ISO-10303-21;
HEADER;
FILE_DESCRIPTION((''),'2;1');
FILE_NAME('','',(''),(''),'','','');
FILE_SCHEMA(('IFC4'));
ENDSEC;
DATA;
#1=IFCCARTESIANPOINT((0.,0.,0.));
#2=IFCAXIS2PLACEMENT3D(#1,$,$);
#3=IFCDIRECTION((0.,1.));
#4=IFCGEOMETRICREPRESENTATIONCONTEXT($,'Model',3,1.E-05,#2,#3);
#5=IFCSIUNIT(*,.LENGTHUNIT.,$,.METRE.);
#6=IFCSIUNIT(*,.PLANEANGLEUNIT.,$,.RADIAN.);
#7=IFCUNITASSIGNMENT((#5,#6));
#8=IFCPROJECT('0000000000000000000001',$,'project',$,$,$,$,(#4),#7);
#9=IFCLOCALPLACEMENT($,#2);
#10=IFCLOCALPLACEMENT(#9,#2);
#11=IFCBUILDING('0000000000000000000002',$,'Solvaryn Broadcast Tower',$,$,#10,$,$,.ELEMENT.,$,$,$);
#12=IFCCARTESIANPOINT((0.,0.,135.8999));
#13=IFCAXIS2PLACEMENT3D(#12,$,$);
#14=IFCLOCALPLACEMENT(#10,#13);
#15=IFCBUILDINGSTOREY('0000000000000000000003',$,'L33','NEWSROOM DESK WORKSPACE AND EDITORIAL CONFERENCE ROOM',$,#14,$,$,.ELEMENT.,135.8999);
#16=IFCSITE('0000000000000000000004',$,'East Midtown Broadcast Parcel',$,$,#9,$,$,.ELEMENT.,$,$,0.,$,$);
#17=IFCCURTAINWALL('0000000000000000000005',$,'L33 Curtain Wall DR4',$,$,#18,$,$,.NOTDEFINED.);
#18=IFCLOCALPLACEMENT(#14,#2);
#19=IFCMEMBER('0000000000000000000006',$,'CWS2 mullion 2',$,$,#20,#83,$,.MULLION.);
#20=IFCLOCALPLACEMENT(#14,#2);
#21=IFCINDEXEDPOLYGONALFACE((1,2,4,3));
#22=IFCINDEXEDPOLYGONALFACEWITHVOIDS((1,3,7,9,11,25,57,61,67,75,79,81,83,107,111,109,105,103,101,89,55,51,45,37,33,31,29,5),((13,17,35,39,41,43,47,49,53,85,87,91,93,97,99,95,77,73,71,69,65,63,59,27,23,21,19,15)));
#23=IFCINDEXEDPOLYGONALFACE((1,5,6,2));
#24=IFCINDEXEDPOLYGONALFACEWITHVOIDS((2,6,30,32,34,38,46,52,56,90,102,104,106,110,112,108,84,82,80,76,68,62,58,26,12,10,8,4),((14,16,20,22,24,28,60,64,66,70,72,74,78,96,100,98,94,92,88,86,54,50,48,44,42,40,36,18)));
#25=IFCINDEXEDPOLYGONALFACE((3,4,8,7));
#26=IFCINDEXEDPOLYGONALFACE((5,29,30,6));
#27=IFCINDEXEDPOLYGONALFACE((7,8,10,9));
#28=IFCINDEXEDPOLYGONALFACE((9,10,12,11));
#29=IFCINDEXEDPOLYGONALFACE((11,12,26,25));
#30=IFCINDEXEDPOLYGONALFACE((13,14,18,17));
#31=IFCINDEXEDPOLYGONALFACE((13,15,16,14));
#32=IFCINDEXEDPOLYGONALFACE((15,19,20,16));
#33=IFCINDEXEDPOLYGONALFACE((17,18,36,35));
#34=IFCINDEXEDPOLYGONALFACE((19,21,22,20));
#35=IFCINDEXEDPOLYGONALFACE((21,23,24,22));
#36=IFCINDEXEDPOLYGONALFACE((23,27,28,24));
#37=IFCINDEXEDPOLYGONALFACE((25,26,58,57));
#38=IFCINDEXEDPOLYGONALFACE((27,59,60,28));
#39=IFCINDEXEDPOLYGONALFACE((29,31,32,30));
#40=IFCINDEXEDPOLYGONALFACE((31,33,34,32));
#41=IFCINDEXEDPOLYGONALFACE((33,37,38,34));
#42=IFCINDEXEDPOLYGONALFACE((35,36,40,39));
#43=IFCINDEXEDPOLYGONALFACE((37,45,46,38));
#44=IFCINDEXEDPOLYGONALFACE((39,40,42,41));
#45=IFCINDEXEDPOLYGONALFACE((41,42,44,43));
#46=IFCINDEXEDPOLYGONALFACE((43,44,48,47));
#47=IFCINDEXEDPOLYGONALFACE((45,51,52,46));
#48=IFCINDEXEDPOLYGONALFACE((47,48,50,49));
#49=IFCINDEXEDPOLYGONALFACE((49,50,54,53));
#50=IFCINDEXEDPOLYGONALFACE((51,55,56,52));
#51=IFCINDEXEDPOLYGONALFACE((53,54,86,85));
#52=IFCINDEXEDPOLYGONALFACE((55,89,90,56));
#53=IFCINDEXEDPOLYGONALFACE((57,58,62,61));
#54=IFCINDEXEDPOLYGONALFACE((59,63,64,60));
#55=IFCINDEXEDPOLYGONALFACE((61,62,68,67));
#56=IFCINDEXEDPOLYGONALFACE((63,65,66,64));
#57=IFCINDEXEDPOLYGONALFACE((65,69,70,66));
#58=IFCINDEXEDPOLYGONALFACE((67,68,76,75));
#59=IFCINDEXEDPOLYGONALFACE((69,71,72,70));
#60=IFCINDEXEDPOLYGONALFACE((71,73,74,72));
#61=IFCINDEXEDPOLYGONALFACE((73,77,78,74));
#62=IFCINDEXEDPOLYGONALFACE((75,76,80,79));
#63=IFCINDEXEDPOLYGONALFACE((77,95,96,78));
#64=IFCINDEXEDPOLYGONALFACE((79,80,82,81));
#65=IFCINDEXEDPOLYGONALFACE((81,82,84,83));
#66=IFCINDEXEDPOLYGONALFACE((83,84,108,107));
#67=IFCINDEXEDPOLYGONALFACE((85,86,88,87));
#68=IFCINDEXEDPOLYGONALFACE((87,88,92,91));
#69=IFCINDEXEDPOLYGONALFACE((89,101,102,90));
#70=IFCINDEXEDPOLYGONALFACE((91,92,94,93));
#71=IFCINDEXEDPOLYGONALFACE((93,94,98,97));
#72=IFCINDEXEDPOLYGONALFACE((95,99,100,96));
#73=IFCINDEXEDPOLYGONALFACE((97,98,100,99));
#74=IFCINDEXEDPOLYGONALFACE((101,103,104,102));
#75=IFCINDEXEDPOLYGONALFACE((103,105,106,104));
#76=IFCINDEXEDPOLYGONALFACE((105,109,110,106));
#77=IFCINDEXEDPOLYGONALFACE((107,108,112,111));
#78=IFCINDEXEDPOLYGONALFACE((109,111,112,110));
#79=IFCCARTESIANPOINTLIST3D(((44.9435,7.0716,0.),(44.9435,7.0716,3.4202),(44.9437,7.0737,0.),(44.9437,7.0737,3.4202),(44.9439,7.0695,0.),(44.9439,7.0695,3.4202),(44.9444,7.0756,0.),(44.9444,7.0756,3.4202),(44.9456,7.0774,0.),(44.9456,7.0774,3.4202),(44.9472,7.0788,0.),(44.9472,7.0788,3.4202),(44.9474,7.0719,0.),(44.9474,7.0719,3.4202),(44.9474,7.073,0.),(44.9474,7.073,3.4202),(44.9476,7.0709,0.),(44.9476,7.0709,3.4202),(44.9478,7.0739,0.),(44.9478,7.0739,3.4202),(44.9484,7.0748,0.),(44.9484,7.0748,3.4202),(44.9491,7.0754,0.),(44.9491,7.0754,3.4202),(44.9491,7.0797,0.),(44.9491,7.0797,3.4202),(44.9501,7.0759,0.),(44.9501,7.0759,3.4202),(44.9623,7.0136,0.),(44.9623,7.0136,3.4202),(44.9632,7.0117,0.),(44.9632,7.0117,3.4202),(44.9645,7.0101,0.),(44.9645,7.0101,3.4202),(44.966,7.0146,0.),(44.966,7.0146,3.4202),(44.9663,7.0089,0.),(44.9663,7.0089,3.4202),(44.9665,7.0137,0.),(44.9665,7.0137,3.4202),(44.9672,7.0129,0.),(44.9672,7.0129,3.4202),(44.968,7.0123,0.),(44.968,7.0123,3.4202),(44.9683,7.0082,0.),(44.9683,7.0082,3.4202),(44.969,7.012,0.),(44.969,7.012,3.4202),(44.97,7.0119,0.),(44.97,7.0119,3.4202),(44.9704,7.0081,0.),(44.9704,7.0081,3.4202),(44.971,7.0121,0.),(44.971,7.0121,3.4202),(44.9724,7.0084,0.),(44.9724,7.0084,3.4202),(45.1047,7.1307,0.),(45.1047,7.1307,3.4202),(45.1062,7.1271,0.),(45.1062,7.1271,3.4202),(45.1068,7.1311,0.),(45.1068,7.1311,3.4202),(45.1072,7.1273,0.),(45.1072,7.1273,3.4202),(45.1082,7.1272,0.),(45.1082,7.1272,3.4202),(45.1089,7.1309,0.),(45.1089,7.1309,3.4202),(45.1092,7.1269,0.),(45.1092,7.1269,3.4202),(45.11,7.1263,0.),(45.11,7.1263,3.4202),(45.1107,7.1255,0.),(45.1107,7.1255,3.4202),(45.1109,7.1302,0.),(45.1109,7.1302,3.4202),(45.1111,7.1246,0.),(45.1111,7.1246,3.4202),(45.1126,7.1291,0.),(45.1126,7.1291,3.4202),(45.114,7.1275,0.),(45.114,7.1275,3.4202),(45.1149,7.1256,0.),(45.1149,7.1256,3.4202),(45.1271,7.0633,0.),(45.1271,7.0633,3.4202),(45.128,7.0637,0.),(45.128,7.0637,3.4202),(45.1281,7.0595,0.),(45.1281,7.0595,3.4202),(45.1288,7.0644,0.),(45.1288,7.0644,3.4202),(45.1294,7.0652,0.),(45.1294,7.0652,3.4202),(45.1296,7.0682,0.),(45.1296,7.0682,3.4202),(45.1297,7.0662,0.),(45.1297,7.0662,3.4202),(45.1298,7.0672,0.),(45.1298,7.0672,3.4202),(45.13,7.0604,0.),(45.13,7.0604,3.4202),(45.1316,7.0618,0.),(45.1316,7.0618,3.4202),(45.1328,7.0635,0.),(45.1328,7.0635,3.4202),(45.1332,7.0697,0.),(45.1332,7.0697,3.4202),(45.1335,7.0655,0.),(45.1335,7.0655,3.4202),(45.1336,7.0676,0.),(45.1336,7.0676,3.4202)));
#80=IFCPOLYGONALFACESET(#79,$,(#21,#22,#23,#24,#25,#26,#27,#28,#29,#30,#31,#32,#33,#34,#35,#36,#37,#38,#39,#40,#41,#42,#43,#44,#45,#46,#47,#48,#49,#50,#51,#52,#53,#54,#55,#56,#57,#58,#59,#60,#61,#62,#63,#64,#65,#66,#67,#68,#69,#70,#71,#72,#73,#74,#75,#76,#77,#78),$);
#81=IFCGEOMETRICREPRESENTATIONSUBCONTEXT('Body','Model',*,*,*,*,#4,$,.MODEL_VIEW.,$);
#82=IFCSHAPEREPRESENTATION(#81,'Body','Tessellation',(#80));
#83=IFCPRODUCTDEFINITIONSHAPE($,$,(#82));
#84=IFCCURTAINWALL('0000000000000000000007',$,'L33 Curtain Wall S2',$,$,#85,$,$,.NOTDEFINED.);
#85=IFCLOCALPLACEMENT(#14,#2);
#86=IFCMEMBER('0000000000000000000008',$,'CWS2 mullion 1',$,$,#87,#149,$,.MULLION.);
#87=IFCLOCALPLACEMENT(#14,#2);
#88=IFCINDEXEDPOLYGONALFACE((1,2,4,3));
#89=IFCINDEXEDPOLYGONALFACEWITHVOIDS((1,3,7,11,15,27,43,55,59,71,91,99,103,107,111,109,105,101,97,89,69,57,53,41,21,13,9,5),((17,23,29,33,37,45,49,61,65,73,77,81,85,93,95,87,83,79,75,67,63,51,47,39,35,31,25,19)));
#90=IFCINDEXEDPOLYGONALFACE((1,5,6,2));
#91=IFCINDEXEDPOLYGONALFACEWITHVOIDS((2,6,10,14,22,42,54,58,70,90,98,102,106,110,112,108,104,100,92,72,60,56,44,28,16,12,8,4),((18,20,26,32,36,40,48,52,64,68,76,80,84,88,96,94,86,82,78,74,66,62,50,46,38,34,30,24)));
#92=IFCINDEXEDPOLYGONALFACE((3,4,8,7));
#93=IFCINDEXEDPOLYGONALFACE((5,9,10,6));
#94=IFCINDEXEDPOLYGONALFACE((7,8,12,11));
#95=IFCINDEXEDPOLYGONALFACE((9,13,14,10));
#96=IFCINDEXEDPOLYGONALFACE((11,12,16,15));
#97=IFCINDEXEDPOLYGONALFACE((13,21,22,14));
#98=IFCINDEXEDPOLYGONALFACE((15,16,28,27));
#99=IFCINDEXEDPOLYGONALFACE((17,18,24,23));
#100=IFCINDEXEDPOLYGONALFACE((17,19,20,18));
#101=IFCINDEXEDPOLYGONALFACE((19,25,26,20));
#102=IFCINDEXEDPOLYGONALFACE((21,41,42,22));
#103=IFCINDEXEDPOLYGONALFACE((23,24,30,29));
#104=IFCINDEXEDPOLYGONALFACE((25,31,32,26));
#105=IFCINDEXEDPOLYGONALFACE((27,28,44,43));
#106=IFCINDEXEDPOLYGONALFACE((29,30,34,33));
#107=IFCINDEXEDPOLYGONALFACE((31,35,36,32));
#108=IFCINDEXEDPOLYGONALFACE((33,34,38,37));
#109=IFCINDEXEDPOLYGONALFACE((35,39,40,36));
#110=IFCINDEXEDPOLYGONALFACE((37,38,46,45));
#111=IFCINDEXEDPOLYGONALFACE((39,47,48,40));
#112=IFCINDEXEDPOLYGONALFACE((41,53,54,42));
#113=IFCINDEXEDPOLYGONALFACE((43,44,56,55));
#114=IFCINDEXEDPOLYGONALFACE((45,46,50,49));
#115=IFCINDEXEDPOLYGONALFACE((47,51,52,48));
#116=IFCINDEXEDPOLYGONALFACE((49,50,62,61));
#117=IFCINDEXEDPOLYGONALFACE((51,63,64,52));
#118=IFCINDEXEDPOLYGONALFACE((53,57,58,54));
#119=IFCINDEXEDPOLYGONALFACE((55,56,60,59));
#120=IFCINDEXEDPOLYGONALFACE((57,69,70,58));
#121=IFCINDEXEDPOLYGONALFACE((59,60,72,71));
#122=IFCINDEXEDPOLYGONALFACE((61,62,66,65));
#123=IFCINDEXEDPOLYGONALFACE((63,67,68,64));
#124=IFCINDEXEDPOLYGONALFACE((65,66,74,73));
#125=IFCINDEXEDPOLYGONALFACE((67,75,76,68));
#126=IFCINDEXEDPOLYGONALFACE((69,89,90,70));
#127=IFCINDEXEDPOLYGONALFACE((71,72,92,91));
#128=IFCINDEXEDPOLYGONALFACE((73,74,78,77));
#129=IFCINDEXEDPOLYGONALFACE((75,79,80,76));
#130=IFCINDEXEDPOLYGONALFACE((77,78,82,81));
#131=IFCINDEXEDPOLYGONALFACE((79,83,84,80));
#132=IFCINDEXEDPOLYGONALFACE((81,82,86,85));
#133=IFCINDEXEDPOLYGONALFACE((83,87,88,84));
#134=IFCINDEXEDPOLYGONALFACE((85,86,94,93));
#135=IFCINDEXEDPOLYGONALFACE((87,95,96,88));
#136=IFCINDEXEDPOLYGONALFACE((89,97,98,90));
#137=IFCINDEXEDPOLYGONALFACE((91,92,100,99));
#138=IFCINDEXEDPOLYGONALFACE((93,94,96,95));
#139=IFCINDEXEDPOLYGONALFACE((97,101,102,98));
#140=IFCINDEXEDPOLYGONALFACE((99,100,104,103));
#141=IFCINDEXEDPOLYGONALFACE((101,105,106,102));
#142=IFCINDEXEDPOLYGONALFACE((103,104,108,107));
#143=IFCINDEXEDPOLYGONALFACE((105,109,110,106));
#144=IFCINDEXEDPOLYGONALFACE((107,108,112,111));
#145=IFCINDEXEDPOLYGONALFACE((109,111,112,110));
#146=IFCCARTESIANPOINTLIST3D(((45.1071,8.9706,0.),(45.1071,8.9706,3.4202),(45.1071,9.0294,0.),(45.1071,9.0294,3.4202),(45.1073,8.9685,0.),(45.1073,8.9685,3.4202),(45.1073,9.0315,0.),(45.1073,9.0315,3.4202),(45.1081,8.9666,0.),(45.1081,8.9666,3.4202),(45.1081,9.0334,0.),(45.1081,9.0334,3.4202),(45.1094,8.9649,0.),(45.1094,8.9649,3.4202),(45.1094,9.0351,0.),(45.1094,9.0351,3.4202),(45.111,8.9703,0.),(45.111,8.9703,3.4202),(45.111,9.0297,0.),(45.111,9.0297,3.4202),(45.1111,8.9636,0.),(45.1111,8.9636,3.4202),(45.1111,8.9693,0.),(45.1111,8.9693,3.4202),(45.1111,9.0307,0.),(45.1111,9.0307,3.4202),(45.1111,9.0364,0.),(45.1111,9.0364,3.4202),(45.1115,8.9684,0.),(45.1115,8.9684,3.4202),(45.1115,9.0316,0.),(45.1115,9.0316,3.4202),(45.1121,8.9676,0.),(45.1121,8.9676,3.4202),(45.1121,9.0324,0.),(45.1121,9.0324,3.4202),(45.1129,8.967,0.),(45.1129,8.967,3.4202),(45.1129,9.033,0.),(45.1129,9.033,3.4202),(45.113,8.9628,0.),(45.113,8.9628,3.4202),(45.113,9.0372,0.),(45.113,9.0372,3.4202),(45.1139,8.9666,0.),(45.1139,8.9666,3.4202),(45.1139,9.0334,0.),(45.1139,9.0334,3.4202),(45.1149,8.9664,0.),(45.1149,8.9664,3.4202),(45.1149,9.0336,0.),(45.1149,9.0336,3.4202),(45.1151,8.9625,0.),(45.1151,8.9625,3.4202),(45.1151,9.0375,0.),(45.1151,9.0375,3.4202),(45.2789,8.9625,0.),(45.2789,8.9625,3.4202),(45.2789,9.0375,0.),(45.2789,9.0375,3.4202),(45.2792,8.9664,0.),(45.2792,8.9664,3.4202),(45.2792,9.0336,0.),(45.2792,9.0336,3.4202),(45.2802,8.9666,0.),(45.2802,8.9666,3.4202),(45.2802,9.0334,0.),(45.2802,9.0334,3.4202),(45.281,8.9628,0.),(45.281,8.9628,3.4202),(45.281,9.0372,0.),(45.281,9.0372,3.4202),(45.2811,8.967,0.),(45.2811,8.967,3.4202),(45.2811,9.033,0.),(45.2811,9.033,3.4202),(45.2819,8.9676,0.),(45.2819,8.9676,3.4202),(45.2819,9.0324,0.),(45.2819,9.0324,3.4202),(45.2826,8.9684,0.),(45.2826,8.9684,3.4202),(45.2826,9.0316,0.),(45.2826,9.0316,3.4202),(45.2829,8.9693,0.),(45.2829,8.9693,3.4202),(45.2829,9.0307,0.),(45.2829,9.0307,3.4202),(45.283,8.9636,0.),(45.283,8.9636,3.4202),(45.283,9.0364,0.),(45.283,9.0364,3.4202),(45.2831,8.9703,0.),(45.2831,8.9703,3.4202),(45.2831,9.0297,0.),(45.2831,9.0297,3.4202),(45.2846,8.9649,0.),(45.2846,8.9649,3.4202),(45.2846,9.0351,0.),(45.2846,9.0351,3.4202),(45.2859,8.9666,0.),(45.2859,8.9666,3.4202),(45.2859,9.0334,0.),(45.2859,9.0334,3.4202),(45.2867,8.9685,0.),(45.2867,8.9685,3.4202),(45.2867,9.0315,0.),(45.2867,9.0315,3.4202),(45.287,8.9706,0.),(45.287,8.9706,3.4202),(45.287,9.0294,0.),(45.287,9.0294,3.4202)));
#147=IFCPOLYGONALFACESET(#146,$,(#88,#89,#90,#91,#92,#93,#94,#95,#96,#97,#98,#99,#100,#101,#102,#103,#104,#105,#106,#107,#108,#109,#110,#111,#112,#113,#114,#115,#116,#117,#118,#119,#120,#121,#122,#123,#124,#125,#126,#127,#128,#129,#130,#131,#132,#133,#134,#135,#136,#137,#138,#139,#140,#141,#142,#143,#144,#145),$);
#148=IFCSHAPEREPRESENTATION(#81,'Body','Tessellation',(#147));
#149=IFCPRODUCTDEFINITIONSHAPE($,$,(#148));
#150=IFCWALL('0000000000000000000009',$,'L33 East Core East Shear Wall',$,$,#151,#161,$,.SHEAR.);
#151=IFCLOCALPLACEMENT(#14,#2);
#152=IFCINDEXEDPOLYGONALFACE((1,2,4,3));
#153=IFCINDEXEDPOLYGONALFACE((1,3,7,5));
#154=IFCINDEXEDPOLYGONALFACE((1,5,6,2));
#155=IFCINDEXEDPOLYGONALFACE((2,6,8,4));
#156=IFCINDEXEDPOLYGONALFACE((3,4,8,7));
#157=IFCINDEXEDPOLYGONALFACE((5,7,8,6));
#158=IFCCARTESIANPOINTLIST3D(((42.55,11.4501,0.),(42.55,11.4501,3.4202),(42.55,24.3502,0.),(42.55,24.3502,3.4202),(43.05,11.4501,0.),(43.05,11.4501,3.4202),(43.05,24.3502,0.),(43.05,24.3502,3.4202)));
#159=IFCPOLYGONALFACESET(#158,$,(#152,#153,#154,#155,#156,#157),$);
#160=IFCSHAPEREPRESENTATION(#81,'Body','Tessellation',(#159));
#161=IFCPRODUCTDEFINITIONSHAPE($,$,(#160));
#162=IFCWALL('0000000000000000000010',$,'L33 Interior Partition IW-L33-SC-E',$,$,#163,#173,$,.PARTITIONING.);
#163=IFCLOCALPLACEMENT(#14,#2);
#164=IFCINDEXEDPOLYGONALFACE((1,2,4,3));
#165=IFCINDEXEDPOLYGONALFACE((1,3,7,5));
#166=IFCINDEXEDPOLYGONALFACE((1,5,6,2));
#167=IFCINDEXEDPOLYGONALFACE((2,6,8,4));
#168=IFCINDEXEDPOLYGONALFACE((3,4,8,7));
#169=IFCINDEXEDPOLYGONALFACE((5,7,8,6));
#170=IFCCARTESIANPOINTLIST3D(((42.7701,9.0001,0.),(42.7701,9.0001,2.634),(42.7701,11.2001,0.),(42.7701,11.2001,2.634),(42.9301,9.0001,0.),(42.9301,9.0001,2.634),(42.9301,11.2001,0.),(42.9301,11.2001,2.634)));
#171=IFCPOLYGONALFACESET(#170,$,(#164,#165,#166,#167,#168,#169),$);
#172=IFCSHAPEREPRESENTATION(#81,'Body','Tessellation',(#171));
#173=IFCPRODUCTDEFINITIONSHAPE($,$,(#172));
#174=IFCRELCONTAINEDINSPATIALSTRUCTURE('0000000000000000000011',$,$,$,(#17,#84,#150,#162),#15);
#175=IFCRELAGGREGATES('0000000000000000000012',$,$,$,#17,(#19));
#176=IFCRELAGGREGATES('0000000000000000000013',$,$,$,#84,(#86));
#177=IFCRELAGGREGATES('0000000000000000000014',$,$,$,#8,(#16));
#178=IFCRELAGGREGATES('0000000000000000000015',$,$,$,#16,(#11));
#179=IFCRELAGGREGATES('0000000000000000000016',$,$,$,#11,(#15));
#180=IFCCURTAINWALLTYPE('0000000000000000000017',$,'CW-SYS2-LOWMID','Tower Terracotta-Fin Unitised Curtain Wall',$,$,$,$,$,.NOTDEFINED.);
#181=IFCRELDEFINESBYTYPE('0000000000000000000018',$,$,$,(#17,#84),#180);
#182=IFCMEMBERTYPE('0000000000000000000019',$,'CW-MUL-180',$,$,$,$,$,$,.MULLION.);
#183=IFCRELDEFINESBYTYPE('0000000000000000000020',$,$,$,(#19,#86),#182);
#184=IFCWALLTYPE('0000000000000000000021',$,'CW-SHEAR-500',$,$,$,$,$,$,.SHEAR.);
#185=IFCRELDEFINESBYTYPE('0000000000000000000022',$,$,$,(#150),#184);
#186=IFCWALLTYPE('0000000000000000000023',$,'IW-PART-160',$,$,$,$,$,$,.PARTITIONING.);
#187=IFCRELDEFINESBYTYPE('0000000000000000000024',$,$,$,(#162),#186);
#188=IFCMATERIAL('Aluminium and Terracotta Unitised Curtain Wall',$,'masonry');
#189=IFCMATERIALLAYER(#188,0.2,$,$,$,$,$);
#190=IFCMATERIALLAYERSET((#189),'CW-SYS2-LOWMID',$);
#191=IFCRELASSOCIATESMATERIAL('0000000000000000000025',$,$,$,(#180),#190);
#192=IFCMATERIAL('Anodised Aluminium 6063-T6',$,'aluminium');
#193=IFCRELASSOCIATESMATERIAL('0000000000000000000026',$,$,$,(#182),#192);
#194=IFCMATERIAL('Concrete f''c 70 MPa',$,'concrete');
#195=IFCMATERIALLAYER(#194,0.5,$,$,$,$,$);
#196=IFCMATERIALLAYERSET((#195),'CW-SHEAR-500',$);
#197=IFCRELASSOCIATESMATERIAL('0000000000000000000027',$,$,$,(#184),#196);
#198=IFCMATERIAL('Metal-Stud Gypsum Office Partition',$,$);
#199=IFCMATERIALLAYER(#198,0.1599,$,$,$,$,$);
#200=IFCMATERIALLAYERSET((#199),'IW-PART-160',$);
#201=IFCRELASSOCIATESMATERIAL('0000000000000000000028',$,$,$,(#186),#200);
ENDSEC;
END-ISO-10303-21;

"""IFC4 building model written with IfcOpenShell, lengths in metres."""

from ifc_helpers import new_model, si_unit, direction, frame, frame_2d, origin, origin_2d, place, context, subcontext, project, spatial, rectangle, hollow_rectangle, extrude, material, layer, layer_set, material_profile, profile_set, type_object, element, aggregate, save


model = new_model("IFC4")

# Units and contexts
model_context = context("Model", 3, precision=1e-05, world=origin(), true_north=direction((0.0, 1.0)))
body_context = subcontext(model_context, "Body", "Model", "MODEL_VIEW")
ifc_project = project(units=[si_unit("LENGTHUNIT", "METRE"), si_unit("PLANEANGLEUNIT", "RADIAN")], contexts=[model_context])

# Site, building, storey
site_placement = place(None, origin())
site = spatial("IfcSite", under=ifc_project, at=site_placement, Name="East Midtown Broadcast Parcel", CompositionType="ELEMENT", RefElevation=0.0)
building_placement = place(site_placement, origin())
building = spatial("IfcBuilding", under=site, at=building_placement, Name="Solvaryn Broadcast Tower", CompositionType="ELEMENT")
storey_placement = place(building_placement, frame((0.0, 0.0, 135.8999)))
storey = spatial("IfcBuildingStorey", under=building, at=storey_placement, Name="L33", Description="NEWSROOM DESK WORKSPACE AND EDITORIAL CONFERENCE ROOM", CompositionType="ELEMENT", Elevation=135.8999)

# Curtain walls, members
ifc_material_1 = material(Name="Aluminium and Terracotta Unitised Curtain Wall", Category="masonry")
ifc_layer_1 = layer(ifc_material_1, 0.2)
ifc_layer_set_1 = layer_set([ifc_layer_1], Name="CW-SYS2-LOWMID")
curtain_wall_type = type_object("IfcCurtainWallType", Name="CW-SYS2-LOWMID", Description="Tower Terracotta-Fin Unitised Curtain Wall", PredefinedType="NOTDEFINED", material=ifc_layer_set_1)
curtain_wall_1_placement = place(storey_placement, origin())
curtain_wall_1 = element("IfcCurtainWall", 1, at=curtain_wall_1_placement, inside=storey, type_object=curtain_wall_type, Name="L33 Curtain Wall DR4", PredefinedType="NOTDEFINED")
ifc_material_2 = material(Name="Anodised Aluminium 6063-T6", Category="aluminium")
ifc_material_profile_1 = material_profile(ifc_material_2, hollow_rectangle(XDim=0.075, YDim=0.1799, WallThickness=0.0039, InnerFilletRadius=0.0039, OuterFilletRadius=0.0081, at=origin_2d()))
ifc_profile_set_1 = profile_set([ifc_material_profile_1], Name="Anodised Aluminium 6063-T6")
member_type = type_object("IfcMemberType", Name="CW-MUL-180", PredefinedType="MULLION", material=ifc_profile_set_1)
member_1_placement = place(storey_placement, frame((45.0386, 7.0696, 0.0), z_axis=(0.0, 0.0, 1.0), x_axis=(-0.311646, 0.950198, 0.0)))
member_1 = element("IfcMember", 2, at=member_1_placement, type_object=member_type, Name="CWS2 mullion 2", PredefinedType="MULLION", context=body_context, shape_type="SweptSolid", body=[
    extrude(hollow_rectangle(XDim=0.075, YDim=0.1799, WallThickness=0.0039, InnerFilletRadius=0.0039, OuterFilletRadius=0.0081, at=origin_2d()), origin(), (0.0, 0.0, 1.0), 3.4202),
])
aggregate(curtain_wall_1, [member_1])
curtain_wall_2_placement = place(storey_placement, origin())
curtain_wall_2 = element("IfcCurtainWall", 3, at=curtain_wall_2_placement, inside=storey, type_object=curtain_wall_type, Name="L33 Curtain Wall S2", PredefinedType="NOTDEFINED")
member_2_placement = place(storey_placement, frame((45.197, 9.0, 0.0), z_axis=(0.0, 0.0, 1.0), x_axis=(0.0, 1.0, 0.0)))
member_2 = element("IfcMember", 4, at=member_2_placement, type_object=member_type, Name="CWS2 mullion 1", PredefinedType="MULLION", context=body_context, shape_type="SweptSolid", body=[
    extrude(hollow_rectangle(XDim=0.075, YDim=0.1799, WallThickness=0.0039, InnerFilletRadius=0.0039, OuterFilletRadius=0.0081, at=origin_2d()), origin(), (0.0, 0.0, 1.0), 3.4202),
])
aggregate(curtain_wall_2, [member_2])

# Walls
ifc_material_3 = material(Name="Concrete f'c 70 MPa", Category="concrete")
ifc_layer_2 = layer(ifc_material_3, 0.5)
ifc_layer_set_2 = layer_set([ifc_layer_2], Name="CW-SHEAR-500")
wall_type_1 = type_object("IfcWallType", Name="CW-SHEAR-500", PredefinedType="SHEAR", material=ifc_layer_set_2)
wall_1_placement = place(storey_placement, frame((42.8, 11.45, 0.0), z_axis=(0.0, 0.0, 1.0), x_axis=(0.0, 1.0, 0.0)))
element("IfcWall", 5, at=wall_1_placement, inside=storey, type_object=wall_type_1, Name="L33 East Core East Shear Wall", PredefinedType="SHEAR", context=body_context, shape_type="SweptSolid", body=[
    extrude(rectangle(XDim=12.9001, YDim=0.5, at=frame_2d((6.4502, 0.0))), origin(), (0.0, 0.0, 1.0), 3.4202),
])
ifc_material_4 = material(Name="Metal-Stud Gypsum Office Partition")
ifc_layer_3 = layer(ifc_material_4, 0.1599)
ifc_layer_set_3 = layer_set([ifc_layer_3], Name="IW-PART-160")
wall_type_2 = type_object("IfcWallType", Name="IW-PART-160", PredefinedType="PARTITIONING", material=ifc_layer_set_3)
wall_2_placement = place(storey_placement, frame((42.8501, 9.0, 0.0), z_axis=(0.0, 0.0, 1.0), x_axis=(0.0, 1.0, 0.0)))
element("IfcWall", 6, at=wall_2_placement, inside=storey, type_object=wall_type_2, Name="L33 Interior Partition IW-L33-SC-E", PredefinedType="PARTITIONING", context=body_context, shape_type="SweptSolid", body=[
    extrude(rectangle(XDim=2.2, YDim=0.1599, at=frame_2d((1.1001, 0.0))), origin(), (0.0, 0.0, 1.0), 2.634),
])

save(model, "model.ifc")
